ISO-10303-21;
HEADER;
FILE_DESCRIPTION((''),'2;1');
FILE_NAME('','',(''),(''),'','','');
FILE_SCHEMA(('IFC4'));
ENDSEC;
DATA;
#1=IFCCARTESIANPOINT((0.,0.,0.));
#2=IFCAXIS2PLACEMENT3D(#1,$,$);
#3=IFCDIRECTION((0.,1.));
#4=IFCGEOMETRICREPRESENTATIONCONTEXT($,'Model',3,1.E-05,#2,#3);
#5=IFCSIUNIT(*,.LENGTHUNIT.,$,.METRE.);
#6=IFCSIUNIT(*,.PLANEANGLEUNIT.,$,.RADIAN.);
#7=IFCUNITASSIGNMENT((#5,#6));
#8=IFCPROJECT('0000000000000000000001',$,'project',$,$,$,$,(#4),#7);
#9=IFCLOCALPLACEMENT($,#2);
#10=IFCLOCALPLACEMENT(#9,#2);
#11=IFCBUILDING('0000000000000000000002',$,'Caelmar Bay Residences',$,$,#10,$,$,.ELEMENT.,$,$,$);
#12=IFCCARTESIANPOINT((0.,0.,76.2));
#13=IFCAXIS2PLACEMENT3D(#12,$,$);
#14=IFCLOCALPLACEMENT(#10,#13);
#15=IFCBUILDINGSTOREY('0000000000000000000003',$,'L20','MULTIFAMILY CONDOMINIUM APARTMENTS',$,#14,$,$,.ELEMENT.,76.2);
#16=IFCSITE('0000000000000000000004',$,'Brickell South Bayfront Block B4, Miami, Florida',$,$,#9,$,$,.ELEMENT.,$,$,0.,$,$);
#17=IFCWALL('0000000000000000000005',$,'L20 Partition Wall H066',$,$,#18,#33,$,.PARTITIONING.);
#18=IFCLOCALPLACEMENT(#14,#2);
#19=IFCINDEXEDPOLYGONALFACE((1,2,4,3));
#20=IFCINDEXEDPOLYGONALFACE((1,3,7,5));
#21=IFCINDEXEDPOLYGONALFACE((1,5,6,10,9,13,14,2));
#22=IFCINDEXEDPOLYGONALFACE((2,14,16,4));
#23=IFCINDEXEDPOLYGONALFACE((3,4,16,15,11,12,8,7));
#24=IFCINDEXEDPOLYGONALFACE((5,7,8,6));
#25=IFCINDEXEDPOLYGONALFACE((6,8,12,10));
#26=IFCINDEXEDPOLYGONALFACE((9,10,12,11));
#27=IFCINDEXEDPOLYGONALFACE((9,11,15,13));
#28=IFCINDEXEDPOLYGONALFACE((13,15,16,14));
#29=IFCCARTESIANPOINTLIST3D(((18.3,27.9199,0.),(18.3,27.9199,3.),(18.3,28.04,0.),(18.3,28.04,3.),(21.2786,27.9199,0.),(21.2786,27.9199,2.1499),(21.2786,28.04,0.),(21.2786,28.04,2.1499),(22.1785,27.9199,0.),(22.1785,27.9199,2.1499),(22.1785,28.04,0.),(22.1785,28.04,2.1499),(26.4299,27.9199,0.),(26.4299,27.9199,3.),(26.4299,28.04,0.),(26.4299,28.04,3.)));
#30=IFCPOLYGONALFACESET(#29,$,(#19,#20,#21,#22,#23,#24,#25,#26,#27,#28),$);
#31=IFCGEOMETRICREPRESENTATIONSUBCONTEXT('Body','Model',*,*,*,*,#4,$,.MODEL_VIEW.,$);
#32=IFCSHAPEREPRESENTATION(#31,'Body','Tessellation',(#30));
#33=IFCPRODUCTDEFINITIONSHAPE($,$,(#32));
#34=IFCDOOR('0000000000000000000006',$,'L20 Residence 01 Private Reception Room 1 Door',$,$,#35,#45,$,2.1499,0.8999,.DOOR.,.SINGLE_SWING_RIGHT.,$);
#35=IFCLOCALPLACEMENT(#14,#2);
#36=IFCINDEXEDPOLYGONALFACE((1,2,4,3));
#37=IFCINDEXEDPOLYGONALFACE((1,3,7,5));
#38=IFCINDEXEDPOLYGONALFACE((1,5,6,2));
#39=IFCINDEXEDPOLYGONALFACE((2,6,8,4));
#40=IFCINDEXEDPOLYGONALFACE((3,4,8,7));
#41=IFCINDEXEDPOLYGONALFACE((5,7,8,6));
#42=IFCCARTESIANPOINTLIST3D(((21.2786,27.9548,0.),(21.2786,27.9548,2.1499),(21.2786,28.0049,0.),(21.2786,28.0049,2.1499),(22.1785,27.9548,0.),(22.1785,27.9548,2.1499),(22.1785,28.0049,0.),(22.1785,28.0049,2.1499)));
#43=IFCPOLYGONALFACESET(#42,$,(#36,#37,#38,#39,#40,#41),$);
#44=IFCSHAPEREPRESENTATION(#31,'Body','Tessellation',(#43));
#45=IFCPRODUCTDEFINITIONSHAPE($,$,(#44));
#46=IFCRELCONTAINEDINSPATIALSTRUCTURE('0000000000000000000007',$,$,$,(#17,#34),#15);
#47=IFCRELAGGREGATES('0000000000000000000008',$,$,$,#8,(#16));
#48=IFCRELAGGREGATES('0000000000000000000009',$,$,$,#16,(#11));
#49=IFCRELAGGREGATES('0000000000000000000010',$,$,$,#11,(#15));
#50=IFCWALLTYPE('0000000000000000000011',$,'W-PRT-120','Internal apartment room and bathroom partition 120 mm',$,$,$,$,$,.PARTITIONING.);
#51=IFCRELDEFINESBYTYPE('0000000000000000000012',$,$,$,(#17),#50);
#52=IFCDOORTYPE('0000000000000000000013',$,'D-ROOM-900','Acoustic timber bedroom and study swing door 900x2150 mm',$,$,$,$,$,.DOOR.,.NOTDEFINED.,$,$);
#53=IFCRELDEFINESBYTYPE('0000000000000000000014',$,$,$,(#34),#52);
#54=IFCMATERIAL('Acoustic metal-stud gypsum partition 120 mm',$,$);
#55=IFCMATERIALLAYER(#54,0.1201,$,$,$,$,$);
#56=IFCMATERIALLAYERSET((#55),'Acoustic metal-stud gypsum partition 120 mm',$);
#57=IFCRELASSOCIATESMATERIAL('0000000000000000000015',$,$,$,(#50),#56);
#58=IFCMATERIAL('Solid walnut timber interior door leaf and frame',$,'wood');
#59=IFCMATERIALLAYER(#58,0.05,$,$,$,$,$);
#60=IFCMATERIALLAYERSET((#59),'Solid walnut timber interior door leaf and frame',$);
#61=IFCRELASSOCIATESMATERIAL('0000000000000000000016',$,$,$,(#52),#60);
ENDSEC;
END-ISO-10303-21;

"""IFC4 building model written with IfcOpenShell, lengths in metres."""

from ifc_helpers import new_model, si_unit, direction, frame, frame_2d, origin, place, context, subcontext, project, spatial, rectangle, extrude, material, layer, layer_set, type_object, element, fill, save


model = new_model("IFC4")

# Units and contexts
model_context = context("Model", 3, precision=1e-05, world=origin(), true_north=direction((0.0, 1.0)))
body_context = subcontext(model_context, "Body", "Model", "MODEL_VIEW")
ifc_project = project(units=[si_unit("LENGTHUNIT", "METRE"), si_unit("PLANEANGLEUNIT", "RADIAN")], contexts=[model_context])

# Site, building, storey
site_placement = place(None, origin())
site = spatial("IfcSite", under=ifc_project, at=site_placement, Name="Brickell South Bayfront Block B4, Miami, Florida", CompositionType="ELEMENT", RefElevation=0.0)
building_placement = place(site_placement, origin())
building = spatial("IfcBuilding", under=site, at=building_placement, Name="Caelmar Bay Residences", CompositionType="ELEMENT")
storey_placement = place(building_placement, frame((0.0, 0.0, 76.2)))
storey = spatial("IfcBuildingStorey", under=building, at=storey_placement, Name="L20", Description="MULTIFAMILY CONDOMINIUM APARTMENTS", CompositionType="ELEMENT", Elevation=76.2)

# Wall, opening, door
ifc_material_1 = material(Name="Acoustic metal-stud gypsum partition 120 mm")
ifc_layer_1 = layer(ifc_material_1, 0.1201)
ifc_layer_set_1 = layer_set([ifc_layer_1], Name="Acoustic metal-stud gypsum partition 120 mm")
wall_type_1 = type_object("IfcWallType", Name="W-PRT-120", Description="Internal apartment room and bathroom partition 120 mm", PredefinedType="PARTITIONING", material=ifc_layer_set_1)
ifc_material_2 = material(Name="Solid walnut timber interior door leaf and frame", Category="wood")
ifc_layer_2 = layer(ifc_material_2, 0.05)
ifc_layer_set_2 = layer_set([ifc_layer_2], Name="Solid walnut timber interior door leaf and frame")
door_type_1 = type_object("IfcDoorType", Name="D-ROOM-900", Description="Acoustic timber bedroom and study swing door 900x2150 mm", OperationType="NOTDEFINED", PredefinedType="DOOR", material=ifc_layer_set_2)
wall_1_placement = place(storey_placement, frame((18.3, 27.98, 0.0), z_axis=(0.0, 0.0, 1.0), x_axis=(1.0, 0.0, 0.0)))
wall_1 = element("IfcWall", 1, at=wall_1_placement, inside=storey, type_object=wall_type_1, Name="L20 Partition Wall H066", PredefinedType="PARTITIONING", context=body_context, shape_type="SweptSolid", body=[
    extrude(rectangle(XDim=8.1299, YDim=0.1201, at=frame_2d((4.0649, 0.0))), origin(), (0.0, 0.0, 1.0), 3.0),
])
opening_1_placement = place(wall_1_placement, frame((2.9785, 0.0, 0.0)))
opening_1 = element("IfcOpeningElement", 2, at=opening_1_placement, cuts=wall_1, PredefinedType="OPENING", context=body_context, shape_type="SweptSolid", body=[
    extrude(rectangle(XDim=0.8999, YDim=2.1499, at=frame_2d((0.45, 1.075))), frame((0.0, 0.0701, 0.0), z_axis=(0.0, -1.0, 0.0), x_axis=(1.0, 0.0, 0.0)), (0.0, 0.0, 1.0), 0.1401),
])
door_1_placement = place(opening_1_placement, origin())
door_1 = element("IfcDoor", 3, at=door_1_placement, inside=storey, type_object=door_type_1, Name="L20 Residence 01 Private Reception Room 1 Door", OperationType="SINGLE_SWING_RIGHT", OverallHeight=2.1499, OverallWidth=0.8999, PredefinedType="DOOR", context=body_context, shape_type="SweptSolid", body=[
    extrude(rectangle(XDim=0.8999, YDim=2.1499, at=frame_2d((0.45, 1.075))), frame((0.0, 0.0249, 0.0), z_axis=(0.0, -1.0, 0.0), x_axis=(1.0, 0.0, 0.0)), (0.0, 0.0, 1.0), 0.05),
])
fill(opening_1, door_1)

save(model, "model.ifc")
